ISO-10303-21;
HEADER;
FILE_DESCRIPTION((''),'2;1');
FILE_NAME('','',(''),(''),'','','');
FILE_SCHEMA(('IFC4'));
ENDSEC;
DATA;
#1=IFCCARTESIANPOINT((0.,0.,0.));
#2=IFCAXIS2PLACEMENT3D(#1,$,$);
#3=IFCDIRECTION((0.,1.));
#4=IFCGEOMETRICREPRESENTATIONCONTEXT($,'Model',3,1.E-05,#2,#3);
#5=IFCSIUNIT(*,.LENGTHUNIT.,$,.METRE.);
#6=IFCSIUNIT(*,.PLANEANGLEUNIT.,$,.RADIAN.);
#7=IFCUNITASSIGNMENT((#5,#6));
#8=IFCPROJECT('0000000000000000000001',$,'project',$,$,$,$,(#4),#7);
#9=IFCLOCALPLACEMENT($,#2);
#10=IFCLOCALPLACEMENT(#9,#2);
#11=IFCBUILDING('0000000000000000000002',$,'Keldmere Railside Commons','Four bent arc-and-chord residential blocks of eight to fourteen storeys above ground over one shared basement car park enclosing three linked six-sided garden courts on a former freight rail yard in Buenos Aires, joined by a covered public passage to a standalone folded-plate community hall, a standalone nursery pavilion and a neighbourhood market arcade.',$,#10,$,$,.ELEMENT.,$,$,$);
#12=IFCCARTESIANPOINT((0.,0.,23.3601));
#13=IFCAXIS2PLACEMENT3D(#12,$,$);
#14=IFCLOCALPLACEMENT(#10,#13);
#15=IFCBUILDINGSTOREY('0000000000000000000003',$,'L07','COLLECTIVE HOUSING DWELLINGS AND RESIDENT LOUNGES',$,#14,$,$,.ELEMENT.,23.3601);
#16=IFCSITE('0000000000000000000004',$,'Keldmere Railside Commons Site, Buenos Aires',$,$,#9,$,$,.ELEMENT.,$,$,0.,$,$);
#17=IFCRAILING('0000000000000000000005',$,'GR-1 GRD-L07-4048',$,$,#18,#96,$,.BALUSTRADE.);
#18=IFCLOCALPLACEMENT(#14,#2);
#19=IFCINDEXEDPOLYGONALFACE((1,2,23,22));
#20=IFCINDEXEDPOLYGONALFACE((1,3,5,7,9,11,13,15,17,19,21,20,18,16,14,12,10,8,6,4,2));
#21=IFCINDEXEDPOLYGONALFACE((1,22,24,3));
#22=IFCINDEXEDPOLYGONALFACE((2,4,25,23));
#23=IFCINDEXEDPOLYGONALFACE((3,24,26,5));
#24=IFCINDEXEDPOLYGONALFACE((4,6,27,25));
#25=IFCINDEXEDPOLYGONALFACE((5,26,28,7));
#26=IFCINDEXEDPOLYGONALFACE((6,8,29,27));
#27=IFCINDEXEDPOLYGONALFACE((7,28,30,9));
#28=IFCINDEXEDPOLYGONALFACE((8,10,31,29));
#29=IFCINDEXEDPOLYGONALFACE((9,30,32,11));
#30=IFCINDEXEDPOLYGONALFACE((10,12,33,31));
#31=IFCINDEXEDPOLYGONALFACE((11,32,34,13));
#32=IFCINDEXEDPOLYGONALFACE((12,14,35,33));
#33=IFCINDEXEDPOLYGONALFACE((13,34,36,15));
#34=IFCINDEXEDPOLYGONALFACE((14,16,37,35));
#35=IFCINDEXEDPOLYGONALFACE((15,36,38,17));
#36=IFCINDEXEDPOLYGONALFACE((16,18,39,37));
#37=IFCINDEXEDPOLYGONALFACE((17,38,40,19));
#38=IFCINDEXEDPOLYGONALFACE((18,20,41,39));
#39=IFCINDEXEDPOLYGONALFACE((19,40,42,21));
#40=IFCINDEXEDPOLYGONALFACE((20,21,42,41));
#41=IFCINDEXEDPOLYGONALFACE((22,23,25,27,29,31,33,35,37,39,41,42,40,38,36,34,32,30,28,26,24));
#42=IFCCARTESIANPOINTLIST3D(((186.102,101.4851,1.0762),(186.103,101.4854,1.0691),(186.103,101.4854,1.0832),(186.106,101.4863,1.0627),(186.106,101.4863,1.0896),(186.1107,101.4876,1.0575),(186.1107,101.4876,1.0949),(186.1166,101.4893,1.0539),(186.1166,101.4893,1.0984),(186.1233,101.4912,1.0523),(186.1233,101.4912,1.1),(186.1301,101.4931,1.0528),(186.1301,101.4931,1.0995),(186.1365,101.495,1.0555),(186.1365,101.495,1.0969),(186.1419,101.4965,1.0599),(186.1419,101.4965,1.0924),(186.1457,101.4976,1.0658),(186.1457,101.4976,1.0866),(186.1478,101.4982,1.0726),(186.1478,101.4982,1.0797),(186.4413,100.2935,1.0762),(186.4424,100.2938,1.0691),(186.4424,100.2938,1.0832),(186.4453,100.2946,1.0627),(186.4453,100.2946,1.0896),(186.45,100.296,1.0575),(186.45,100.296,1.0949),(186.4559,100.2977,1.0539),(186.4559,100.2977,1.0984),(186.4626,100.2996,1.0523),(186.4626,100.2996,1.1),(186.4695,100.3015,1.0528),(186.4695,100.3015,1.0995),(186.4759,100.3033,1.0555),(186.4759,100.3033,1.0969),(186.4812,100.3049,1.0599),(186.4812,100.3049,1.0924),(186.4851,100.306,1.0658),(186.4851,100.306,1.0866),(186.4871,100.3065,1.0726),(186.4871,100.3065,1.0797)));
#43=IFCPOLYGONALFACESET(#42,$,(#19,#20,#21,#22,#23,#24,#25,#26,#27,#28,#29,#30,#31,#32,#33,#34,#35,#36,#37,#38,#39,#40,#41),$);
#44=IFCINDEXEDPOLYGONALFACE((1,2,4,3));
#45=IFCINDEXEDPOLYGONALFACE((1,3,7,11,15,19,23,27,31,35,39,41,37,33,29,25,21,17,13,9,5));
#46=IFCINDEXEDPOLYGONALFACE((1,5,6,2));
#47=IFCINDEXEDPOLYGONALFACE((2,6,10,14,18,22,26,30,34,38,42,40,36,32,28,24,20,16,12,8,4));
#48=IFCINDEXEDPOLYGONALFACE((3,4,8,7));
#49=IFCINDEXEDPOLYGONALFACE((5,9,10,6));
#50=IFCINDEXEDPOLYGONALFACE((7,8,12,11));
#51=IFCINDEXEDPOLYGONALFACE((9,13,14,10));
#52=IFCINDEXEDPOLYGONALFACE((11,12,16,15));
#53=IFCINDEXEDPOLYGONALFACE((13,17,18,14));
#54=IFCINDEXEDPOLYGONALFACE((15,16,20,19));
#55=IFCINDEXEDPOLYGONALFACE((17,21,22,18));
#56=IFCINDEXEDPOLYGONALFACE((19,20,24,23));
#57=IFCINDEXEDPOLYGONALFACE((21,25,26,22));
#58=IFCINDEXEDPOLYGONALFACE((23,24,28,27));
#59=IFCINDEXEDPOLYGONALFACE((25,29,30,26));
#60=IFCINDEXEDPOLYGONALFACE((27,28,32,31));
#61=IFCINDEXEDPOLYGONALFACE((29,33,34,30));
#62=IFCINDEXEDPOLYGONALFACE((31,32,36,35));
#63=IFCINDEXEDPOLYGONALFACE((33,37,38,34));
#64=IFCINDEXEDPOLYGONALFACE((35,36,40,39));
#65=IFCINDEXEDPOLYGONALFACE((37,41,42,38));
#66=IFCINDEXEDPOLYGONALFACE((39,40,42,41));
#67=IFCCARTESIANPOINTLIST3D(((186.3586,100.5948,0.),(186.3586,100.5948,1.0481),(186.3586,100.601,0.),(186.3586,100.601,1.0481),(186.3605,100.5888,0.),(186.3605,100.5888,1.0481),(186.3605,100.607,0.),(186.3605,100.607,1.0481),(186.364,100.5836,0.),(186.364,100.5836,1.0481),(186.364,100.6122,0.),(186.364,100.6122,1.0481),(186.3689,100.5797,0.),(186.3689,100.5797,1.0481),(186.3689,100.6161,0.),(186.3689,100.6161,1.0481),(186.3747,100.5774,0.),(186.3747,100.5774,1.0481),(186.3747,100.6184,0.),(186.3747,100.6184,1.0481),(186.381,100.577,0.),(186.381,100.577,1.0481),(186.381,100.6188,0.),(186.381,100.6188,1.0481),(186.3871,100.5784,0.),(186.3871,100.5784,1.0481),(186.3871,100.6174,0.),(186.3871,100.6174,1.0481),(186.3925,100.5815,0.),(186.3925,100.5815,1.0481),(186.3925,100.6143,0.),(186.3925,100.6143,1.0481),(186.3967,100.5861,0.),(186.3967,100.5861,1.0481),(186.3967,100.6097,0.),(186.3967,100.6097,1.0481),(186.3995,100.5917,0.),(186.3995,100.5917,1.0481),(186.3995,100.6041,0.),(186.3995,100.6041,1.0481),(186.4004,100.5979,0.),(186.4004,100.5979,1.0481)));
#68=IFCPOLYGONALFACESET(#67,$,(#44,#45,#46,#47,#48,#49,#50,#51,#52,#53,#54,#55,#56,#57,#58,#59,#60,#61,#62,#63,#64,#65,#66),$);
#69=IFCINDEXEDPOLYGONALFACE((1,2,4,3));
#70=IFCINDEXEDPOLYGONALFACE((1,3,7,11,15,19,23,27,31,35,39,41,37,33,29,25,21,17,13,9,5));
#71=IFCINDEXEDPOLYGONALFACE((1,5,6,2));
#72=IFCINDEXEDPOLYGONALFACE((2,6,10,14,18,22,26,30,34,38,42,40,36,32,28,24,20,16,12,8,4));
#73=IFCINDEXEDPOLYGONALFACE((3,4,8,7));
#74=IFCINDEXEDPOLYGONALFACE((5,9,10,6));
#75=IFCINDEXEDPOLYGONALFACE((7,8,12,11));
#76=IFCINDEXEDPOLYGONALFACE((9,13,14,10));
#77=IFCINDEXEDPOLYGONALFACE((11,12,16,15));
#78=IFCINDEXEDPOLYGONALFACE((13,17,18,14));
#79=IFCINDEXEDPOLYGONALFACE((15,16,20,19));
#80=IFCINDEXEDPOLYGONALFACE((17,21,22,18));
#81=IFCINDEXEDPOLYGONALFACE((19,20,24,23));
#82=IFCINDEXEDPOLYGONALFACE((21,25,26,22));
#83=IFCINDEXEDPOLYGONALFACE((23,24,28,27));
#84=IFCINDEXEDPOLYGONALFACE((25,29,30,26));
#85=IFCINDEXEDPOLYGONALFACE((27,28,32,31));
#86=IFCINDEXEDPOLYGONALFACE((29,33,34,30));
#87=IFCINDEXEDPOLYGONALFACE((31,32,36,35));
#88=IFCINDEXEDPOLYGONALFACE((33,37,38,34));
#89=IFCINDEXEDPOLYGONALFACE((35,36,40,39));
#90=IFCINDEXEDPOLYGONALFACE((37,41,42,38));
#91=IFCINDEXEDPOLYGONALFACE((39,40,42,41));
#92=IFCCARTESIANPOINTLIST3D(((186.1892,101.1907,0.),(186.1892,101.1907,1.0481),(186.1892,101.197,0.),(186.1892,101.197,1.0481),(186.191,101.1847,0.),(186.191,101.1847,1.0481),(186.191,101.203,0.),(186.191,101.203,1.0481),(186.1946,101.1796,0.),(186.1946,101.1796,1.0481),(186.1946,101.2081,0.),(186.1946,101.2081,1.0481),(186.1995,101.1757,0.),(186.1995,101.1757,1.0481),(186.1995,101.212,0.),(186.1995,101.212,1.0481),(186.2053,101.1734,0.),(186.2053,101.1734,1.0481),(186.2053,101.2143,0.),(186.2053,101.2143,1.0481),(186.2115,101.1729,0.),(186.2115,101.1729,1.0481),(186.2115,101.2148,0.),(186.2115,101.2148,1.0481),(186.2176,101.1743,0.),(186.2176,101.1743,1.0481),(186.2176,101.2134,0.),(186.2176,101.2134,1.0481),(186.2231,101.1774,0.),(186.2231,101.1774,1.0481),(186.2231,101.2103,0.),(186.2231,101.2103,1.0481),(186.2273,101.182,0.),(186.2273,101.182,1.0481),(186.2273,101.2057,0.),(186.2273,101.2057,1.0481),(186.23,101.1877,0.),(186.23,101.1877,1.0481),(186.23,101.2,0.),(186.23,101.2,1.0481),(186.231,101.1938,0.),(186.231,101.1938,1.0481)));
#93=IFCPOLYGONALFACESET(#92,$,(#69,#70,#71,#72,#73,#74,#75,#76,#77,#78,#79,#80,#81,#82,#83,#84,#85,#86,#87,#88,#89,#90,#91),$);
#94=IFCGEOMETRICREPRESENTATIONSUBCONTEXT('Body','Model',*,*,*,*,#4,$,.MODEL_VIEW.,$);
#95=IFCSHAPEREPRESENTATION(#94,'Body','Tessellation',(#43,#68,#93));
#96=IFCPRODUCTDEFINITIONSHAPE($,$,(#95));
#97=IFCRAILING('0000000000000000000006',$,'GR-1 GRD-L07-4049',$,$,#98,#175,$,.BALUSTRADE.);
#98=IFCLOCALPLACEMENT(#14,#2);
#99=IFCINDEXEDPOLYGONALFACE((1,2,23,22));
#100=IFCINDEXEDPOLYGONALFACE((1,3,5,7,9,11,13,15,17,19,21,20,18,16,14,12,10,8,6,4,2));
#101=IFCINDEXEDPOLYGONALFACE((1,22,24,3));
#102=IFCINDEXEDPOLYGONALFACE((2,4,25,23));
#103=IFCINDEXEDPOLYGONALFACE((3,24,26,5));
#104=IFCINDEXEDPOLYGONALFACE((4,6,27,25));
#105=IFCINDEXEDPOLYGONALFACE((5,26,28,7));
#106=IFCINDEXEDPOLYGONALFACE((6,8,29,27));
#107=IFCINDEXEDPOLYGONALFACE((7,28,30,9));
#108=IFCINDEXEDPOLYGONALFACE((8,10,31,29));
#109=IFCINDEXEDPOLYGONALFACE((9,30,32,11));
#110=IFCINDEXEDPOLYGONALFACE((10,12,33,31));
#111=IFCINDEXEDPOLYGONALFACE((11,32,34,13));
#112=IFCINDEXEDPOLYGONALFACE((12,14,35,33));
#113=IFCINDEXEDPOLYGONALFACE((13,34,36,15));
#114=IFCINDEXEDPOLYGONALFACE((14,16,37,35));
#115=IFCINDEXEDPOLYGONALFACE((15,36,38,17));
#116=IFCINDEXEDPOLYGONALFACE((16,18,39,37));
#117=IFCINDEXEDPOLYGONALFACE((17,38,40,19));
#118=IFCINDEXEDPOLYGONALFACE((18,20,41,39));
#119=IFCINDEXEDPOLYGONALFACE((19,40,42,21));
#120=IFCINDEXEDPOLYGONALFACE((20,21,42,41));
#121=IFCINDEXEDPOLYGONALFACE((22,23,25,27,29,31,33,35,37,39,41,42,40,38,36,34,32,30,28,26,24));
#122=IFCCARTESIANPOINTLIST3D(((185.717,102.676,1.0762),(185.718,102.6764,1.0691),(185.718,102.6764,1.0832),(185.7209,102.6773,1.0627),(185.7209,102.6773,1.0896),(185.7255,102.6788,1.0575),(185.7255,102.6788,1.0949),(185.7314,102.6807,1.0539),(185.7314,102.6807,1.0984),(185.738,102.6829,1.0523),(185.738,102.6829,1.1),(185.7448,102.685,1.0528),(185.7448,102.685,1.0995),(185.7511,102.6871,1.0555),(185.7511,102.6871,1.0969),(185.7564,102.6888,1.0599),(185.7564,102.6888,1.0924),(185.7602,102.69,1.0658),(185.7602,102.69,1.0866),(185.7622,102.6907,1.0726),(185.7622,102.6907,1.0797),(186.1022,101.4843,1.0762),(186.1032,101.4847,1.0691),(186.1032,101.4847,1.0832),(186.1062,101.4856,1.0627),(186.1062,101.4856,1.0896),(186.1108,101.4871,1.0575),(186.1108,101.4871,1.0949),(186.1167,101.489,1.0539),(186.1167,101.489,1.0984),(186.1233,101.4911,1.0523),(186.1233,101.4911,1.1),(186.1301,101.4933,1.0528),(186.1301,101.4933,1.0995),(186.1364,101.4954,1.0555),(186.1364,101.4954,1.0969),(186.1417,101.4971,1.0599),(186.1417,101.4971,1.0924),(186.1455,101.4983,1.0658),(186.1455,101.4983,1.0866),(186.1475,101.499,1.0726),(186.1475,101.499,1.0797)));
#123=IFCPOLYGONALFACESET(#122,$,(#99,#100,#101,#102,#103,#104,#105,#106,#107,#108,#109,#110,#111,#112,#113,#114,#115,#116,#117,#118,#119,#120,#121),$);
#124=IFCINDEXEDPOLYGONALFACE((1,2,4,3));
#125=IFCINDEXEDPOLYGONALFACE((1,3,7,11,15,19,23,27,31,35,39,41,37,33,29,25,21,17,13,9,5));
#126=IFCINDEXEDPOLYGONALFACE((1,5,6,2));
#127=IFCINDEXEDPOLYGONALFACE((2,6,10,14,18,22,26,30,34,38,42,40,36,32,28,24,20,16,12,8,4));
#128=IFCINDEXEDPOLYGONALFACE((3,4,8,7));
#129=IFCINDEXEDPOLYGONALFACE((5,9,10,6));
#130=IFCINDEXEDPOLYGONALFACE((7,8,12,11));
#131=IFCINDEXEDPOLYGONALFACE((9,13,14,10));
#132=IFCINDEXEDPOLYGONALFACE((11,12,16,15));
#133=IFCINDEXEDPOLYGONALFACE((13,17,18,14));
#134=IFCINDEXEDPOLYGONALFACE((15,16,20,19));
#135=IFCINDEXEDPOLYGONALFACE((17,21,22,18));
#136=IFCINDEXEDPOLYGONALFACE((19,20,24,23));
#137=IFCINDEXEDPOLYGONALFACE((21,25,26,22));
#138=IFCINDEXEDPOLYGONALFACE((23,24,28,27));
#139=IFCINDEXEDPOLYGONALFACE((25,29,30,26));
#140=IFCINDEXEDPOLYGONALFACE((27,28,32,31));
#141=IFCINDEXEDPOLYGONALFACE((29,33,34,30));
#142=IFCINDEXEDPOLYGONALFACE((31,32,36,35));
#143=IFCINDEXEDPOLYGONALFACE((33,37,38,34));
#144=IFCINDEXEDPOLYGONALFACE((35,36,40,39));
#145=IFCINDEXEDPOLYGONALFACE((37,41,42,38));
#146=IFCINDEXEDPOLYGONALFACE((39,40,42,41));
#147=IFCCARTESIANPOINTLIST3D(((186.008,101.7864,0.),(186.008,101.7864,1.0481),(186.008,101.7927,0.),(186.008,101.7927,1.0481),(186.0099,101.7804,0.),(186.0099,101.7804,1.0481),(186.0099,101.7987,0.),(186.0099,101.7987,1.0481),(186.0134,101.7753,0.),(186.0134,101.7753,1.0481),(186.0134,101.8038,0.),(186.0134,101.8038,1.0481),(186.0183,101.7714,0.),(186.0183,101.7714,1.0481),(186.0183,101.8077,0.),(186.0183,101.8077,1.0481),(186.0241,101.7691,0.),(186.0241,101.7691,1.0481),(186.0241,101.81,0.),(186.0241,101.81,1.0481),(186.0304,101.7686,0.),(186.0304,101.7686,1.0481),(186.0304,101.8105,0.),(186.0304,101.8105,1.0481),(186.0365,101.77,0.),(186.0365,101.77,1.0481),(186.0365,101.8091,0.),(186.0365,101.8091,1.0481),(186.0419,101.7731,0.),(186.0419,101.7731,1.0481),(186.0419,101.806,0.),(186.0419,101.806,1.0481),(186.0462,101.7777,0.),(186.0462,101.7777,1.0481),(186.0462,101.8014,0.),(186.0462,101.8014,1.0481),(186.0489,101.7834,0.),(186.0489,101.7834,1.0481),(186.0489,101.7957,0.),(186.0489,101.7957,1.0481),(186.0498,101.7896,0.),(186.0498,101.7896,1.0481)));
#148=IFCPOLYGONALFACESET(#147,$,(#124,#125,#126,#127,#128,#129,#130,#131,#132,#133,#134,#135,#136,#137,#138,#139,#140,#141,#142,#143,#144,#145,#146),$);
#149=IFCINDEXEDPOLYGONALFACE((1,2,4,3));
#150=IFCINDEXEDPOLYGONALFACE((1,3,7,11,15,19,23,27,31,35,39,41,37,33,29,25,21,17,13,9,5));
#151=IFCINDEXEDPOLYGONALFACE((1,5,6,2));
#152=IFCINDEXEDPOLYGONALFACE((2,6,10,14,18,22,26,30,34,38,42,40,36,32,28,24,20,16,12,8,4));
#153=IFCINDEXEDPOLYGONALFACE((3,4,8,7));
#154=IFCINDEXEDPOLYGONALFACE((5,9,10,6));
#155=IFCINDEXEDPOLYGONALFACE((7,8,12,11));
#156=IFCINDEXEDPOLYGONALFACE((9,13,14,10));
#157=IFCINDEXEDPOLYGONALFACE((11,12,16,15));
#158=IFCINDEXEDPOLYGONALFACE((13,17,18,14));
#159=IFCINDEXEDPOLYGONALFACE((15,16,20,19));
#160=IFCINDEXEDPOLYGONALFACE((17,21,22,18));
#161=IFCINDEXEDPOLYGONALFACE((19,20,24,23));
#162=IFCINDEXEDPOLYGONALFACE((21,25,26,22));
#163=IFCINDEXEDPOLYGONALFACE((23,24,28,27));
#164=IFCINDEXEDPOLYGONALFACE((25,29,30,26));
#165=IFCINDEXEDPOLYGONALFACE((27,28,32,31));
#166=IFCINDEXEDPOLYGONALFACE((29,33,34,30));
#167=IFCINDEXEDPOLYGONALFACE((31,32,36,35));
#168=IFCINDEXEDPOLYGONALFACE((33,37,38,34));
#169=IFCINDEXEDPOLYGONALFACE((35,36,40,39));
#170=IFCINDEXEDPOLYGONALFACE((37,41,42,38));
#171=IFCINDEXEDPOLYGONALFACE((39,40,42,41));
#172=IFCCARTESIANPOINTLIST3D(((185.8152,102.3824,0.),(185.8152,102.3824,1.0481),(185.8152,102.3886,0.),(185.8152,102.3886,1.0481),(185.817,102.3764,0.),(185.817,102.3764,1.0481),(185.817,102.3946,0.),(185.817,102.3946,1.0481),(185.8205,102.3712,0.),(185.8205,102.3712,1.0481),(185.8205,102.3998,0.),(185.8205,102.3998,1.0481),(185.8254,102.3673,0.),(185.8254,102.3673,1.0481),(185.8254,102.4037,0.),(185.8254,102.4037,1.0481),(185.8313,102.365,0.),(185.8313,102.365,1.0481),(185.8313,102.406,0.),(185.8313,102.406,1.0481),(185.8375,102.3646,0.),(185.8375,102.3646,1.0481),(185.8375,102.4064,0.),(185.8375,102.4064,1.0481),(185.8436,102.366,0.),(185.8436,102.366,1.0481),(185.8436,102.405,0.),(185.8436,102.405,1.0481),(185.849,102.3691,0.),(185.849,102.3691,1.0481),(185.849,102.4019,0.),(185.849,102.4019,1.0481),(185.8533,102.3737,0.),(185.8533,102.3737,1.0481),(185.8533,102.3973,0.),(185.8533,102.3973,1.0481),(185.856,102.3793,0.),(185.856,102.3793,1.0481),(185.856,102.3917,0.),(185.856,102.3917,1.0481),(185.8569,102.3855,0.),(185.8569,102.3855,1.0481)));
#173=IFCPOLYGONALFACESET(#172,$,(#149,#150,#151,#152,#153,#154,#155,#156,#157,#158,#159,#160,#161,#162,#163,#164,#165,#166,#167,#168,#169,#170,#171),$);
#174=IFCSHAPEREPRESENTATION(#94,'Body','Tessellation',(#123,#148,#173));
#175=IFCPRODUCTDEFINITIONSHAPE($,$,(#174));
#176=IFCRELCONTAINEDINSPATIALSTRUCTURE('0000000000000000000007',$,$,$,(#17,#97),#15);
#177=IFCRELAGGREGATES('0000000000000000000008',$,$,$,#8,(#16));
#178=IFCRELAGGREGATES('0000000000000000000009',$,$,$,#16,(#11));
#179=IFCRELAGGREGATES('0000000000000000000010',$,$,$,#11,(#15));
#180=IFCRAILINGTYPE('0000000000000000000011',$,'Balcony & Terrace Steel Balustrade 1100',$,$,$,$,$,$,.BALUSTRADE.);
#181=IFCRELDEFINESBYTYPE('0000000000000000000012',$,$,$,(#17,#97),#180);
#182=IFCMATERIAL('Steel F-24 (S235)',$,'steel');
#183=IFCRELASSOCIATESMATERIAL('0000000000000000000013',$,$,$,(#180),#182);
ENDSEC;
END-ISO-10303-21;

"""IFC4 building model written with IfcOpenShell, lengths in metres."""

from ifc_helpers import new_model, si_unit, direction, frame, origin, origin_2d, place, context, subcontext, project, spatial, circle, extrude, material, type_object, element, save


model = new_model("IFC4")

# Units and contexts
model_context = context("Model", 3, precision=1e-05, world=origin(), true_north=direction((0.0, 1.0)))
body_context = subcontext(model_context, "Body", "Model", "MODEL_VIEW")
ifc_project = project(units=[si_unit("LENGTHUNIT", "METRE"), si_unit("PLANEANGLEUNIT", "RADIAN")], contexts=[model_context])

# Site, building, storey
site_placement = place(None, origin())
site = spatial("IfcSite", under=ifc_project, at=site_placement, Name="Keldmere Railside Commons Site, Buenos Aires", CompositionType="ELEMENT", RefElevation=0.0)
building_placement = place(site_placement, origin())
building = spatial("IfcBuilding", under=site, at=building_placement, Name="Keldmere Railside Commons", Description="Four bent arc-and-chord residential blocks of eight to fourteen storeys above ground over one shared basement car park enclosing three linked six-sided garden courts on a former freight rail yard in Buenos Aires, joined by a covered public passage to a standalone folded-plate community hall, a standalone nursery pavilion and a neighbourhood market arcade.", CompositionType="ELEMENT")
storey_placement = place(building_placement, frame((0.0, 0.0, 23.3601)))
storey = spatial("IfcBuildingStorey", under=building, at=storey_placement, Name="L07", Description="COLLECTIVE HOUSING DWELLINGS AND RESIDENT LOUNGES", CompositionType="ELEMENT", Elevation=23.3601)

# Railings
ifc_material_1 = material(Name="Steel F-24 (S235)", Category="steel")
railing_type = type_object("IfcRailingType", Name="Balcony & Terrace Steel Balustrade 1100", PredefinedType="BALUSTRADE", material=ifc_material_1)
railing_1_placement = place(storey_placement, frame((186.4644, 100.3, 0.0)))
element("IfcRailing", 1, at=railing_1_placement, inside=storey, type_object=railing_type, Name="GR-1 GRD-L07-4048", PredefinedType="BALUSTRADE", context=body_context, shape_type="SweptSolid", body=[
    extrude(circle(Radius=0.0239, at=origin_2d()), frame((0.0, 0.0, 1.0762), z_axis=(-0.273888, 0.961762, 0.0), x_axis=(-0.961762, -0.273888, 0.0)), (0.0, 0.0, 1.0), 1.239),
    extrude(circle(Radius=0.021, at=origin_2d()), frame((-0.085, 0.2979, 0.0)), (0.0, 0.0, 1.0), 1.0481),
    extrude(circle(Radius=0.021, at=origin_2d()), frame((-0.2544, 0.8938, 0.0)), (0.0, 0.0, 1.0), 1.0481),
])
railing_2_placement = place(storey_placement, frame((186.125, 101.4917, 0.0)))
element("IfcRailing", 2, at=railing_2_placement, inside=storey, type_object=railing_type, Name="GR-1 GRD-L07-4049", PredefinedType="BALUSTRADE", context=body_context, shape_type="SweptSolid", body=[
    extrude(circle(Radius=0.0239, at=origin_2d()), frame((0.0, 0.0, 1.0762), z_axis=(-0.307618, 0.95151, 0.0), x_axis=(-0.95151, -0.307618, 0.0)), (0.0, 0.0, 1.0), 1.2524),
    extrude(circle(Radius=0.021, at=origin_2d()), frame((-0.0962, 0.2979, 0.0)), (0.0, 0.0, 1.0), 1.0481),
    extrude(circle(Radius=0.021, at=origin_2d()), frame((-0.2891, 0.8938, 0.0)), (0.0, 0.0, 1.0), 1.0481),
])

save(model, "model.ifc")
